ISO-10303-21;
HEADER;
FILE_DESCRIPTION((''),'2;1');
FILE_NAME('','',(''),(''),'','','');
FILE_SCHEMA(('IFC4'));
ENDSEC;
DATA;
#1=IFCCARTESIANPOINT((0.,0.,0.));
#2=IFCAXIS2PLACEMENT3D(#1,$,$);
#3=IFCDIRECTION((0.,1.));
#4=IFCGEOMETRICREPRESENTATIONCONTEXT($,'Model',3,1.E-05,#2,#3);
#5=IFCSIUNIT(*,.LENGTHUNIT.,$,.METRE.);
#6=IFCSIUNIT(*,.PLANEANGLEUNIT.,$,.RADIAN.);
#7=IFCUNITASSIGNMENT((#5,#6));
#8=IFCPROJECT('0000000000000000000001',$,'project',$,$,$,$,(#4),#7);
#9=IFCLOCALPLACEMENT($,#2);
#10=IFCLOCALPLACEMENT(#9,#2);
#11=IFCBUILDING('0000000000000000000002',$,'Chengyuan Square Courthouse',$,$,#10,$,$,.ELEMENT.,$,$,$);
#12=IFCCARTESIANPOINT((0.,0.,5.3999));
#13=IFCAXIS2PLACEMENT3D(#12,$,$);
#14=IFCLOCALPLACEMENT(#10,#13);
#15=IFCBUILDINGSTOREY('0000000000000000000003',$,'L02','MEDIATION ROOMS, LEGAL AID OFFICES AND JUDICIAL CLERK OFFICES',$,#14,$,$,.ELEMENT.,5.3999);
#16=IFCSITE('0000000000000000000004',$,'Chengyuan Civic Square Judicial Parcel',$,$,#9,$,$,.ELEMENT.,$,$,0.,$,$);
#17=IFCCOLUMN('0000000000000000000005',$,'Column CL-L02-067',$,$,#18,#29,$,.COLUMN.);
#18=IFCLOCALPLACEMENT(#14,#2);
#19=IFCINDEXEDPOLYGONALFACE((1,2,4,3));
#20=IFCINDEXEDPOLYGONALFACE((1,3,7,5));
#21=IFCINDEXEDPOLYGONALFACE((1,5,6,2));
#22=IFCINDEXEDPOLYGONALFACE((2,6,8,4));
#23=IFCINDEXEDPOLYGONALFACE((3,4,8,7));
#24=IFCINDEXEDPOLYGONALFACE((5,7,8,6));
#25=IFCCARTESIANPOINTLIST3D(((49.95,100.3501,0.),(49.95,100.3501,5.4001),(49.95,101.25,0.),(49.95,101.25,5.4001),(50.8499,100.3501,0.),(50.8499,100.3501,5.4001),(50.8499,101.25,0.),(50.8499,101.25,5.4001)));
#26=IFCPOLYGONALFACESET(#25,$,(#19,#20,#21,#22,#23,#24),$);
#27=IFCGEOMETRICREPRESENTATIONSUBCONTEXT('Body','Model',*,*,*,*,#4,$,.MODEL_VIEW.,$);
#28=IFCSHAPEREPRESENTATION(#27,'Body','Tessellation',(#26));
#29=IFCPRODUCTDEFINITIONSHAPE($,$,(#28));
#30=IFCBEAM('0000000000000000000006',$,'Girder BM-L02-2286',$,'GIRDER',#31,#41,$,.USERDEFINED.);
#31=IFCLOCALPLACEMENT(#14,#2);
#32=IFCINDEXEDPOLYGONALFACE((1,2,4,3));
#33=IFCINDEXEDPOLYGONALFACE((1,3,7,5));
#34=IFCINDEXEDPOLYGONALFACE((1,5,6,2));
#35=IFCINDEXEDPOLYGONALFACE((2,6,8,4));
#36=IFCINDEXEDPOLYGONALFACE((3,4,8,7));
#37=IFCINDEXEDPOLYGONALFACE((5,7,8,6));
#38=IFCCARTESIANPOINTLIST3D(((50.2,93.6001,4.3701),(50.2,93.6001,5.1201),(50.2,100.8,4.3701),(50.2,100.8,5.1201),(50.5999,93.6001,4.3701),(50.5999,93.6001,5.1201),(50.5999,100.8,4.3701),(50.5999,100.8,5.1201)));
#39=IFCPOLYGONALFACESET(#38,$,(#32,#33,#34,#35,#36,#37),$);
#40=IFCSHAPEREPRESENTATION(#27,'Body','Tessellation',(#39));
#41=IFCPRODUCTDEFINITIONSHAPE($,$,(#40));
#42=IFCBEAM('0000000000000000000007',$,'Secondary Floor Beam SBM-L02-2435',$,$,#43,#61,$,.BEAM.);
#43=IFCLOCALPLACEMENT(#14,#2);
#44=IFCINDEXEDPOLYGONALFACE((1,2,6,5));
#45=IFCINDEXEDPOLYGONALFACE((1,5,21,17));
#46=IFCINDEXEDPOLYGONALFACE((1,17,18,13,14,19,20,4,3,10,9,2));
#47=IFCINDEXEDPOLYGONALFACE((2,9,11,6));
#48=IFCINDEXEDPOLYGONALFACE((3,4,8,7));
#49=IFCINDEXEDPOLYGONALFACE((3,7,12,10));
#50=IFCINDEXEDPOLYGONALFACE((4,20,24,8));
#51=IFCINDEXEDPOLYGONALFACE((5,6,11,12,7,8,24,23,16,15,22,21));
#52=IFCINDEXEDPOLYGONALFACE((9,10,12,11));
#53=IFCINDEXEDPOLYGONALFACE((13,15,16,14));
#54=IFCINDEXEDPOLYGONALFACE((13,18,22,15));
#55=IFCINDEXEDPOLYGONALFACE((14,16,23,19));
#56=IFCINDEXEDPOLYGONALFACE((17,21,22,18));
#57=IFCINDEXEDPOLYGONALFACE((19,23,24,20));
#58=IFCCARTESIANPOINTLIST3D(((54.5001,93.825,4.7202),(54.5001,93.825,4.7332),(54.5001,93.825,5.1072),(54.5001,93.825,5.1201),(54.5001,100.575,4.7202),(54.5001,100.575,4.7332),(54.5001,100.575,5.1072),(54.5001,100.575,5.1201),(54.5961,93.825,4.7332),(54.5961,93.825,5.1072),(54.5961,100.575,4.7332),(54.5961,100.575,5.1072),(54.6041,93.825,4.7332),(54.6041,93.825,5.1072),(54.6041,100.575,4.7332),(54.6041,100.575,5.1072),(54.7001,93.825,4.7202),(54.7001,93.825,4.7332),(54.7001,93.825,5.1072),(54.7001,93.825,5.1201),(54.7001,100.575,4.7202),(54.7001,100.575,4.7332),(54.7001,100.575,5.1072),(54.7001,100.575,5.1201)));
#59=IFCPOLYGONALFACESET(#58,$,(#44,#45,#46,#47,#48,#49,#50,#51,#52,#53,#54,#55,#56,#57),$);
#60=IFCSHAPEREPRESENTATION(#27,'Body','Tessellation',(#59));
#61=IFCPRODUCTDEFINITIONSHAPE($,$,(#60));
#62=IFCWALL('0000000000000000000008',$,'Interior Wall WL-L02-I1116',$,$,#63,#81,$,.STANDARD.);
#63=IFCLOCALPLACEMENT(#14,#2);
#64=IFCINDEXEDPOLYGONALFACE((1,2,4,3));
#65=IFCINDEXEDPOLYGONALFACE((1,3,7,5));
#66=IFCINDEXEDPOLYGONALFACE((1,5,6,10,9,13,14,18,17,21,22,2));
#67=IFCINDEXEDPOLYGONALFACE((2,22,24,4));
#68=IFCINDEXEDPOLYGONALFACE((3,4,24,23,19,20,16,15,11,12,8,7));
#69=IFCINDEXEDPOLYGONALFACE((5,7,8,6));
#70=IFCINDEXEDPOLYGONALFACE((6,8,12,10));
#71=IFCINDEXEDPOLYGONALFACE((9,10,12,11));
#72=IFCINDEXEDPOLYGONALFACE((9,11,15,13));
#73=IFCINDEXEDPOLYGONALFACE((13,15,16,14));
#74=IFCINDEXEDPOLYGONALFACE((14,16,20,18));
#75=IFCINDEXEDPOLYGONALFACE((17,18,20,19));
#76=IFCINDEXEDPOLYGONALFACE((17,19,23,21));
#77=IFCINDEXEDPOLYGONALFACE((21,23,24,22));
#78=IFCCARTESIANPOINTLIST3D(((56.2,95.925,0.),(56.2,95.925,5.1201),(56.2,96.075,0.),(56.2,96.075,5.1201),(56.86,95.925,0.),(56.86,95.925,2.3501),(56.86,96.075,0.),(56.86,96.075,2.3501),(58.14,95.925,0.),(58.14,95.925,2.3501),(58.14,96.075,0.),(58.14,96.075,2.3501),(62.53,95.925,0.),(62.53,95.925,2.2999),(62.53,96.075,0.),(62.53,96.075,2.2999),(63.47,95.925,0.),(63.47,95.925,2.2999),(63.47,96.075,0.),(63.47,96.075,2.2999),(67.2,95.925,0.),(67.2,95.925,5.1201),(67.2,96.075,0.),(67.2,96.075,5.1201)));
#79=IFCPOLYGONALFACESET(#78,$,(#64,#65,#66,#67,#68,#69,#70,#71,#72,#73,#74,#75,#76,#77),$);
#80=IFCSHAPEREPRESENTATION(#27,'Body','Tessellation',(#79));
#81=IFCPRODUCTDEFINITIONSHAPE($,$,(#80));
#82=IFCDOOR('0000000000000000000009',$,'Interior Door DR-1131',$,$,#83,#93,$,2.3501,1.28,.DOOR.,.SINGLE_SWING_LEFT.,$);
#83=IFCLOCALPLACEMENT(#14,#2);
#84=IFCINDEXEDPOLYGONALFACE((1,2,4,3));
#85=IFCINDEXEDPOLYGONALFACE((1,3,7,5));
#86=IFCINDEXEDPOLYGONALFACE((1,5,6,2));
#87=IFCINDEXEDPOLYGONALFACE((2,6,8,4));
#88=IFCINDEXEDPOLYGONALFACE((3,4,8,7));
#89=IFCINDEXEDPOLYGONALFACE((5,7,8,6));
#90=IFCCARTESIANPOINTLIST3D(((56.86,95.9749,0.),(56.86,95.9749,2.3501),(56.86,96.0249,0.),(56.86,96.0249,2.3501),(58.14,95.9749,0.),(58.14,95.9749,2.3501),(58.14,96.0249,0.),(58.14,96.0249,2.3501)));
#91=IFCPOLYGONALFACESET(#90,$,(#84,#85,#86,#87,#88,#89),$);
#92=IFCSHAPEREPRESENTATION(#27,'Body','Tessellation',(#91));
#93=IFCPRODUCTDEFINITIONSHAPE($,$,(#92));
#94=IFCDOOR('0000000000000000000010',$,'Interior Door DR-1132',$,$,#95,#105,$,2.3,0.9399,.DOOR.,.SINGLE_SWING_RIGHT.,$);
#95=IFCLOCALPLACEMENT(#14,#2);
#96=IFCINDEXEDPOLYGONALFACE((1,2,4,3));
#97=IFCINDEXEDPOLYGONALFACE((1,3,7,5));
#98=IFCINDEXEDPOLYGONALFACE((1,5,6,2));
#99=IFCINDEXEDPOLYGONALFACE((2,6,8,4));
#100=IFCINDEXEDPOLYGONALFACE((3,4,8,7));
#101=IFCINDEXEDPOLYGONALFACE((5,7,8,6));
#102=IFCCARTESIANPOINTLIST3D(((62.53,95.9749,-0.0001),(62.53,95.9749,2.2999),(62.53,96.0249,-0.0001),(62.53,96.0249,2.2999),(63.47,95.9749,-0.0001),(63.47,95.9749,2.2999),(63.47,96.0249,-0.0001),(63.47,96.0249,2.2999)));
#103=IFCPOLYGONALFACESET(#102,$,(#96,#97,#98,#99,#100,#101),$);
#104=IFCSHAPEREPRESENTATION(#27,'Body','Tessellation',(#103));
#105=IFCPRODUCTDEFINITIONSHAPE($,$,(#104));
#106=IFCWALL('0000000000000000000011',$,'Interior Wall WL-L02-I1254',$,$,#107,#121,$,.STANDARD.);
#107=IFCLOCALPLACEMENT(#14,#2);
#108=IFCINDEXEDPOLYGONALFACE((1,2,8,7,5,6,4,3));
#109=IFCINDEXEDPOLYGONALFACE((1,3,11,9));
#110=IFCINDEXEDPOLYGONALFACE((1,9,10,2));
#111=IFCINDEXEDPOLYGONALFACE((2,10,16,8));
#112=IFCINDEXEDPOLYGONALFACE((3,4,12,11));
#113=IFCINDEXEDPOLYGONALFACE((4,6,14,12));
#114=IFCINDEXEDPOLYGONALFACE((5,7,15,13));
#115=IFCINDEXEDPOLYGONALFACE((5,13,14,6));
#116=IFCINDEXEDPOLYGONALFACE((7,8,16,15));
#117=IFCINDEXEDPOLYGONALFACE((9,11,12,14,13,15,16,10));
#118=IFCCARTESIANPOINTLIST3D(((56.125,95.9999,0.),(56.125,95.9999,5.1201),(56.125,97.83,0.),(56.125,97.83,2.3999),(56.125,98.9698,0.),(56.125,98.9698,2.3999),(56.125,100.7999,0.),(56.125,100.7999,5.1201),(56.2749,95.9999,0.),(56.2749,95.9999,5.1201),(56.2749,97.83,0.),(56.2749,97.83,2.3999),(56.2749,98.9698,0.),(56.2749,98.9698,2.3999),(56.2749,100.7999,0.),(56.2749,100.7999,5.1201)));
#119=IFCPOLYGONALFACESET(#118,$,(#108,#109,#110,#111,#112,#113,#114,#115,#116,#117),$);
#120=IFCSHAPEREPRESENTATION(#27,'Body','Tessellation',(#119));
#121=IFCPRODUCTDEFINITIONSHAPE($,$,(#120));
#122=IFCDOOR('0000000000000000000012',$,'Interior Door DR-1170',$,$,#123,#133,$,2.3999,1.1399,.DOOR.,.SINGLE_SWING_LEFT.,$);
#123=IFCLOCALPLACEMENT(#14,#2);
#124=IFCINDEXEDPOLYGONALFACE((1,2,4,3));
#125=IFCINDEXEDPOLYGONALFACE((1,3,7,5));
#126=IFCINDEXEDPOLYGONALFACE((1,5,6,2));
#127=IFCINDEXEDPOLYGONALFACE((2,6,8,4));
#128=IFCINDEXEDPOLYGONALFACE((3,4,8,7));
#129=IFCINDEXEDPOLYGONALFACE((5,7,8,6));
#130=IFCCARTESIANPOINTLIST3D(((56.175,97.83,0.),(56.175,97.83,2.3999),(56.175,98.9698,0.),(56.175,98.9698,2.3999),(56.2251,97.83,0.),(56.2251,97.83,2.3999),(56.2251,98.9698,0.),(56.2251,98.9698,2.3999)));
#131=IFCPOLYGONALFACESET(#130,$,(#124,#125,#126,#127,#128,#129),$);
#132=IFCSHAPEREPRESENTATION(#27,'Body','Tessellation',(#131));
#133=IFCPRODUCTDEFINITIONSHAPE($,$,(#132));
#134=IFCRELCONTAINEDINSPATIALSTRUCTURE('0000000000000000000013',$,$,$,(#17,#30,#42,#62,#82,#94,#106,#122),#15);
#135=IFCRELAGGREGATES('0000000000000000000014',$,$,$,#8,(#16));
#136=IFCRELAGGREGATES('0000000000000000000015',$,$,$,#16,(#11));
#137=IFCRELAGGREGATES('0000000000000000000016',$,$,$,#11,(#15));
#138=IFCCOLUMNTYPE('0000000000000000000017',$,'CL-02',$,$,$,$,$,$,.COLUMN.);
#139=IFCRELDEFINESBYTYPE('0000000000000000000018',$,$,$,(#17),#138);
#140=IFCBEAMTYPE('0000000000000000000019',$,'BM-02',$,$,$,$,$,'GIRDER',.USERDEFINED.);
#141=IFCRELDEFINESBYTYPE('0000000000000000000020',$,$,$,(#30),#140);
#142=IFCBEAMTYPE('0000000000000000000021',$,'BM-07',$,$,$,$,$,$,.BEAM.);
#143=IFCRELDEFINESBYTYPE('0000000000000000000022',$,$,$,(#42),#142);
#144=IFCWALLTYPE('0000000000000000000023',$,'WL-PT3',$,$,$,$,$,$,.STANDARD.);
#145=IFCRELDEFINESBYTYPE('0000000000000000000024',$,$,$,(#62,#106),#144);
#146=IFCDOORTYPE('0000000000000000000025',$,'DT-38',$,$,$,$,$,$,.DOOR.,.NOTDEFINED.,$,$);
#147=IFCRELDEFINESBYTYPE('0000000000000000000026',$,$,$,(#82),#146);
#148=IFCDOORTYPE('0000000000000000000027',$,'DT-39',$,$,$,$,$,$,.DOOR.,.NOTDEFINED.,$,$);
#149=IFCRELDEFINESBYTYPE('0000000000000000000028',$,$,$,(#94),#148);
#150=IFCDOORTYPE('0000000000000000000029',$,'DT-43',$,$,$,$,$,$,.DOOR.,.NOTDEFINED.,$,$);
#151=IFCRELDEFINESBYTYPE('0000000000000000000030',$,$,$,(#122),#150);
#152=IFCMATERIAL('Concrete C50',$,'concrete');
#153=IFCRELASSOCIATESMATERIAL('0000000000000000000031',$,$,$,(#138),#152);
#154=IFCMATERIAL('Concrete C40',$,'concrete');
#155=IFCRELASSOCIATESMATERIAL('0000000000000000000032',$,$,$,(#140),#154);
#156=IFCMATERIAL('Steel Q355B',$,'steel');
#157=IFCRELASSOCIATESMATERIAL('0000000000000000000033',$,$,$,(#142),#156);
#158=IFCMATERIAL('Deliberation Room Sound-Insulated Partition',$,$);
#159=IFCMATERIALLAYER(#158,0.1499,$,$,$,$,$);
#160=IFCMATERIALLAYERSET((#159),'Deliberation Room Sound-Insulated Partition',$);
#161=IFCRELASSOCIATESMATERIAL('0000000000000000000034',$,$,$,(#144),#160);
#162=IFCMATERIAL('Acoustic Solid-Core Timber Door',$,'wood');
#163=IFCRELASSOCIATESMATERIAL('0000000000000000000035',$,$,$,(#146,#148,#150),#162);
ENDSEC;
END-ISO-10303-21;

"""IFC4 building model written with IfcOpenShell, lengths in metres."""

from ifc_helpers import new_model, si_unit, direction, frame, frame_2d, origin, origin_2d, place, context, subcontext, project, spatial, rectangle, i_section, extrude, material, layer, layer_set, material_profile, profile_set, type_object, element, fill, save


model = new_model("IFC4")

# Units and contexts
model_context = context("Model", 3, precision=1e-05, world=origin(), true_north=direction((0.0, 1.0)))
body_context = subcontext(model_context, "Body", "Model", "MODEL_VIEW")
ifc_project = project(units=[si_unit("LENGTHUNIT", "METRE"), si_unit("PLANEANGLEUNIT", "RADIAN")], contexts=[model_context])

# Site, building, storey
site_placement = place(None, origin())
site = spatial("IfcSite", under=ifc_project, at=site_placement, Name="Chengyuan Civic Square Judicial Parcel", CompositionType="ELEMENT", RefElevation=0.0)
building_placement = place(site_placement, origin())
building = spatial("IfcBuilding", under=site, at=building_placement, Name="Chengyuan Square Courthouse", CompositionType="ELEMENT")
storey_placement = place(building_placement, frame((0.0, 0.0, 5.3999)))
storey = spatial("IfcBuildingStorey", under=building, at=storey_placement, Name="L02", Description="MEDIATION ROOMS, LEGAL AID OFFICES AND JUDICIAL CLERK OFFICES", CompositionType="ELEMENT", Elevation=5.3999)

# Column
ifc_material_1 = material(Name="Concrete C50", Category="concrete")
ifc_material_profile_1 = material_profile(ifc_material_1, rectangle(XDim=0.8999, YDim=0.8999, at=origin_2d()), Name="RC-COL-900x900")
ifc_profile_set_1 = profile_set([ifc_material_profile_1], Name="Concrete C50")
column_type = type_object("IfcColumnType", Name="CL-02", PredefinedType="COLUMN", material=ifc_profile_set_1)
column_placement = place(storey_placement, frame((50.3999, 100.8, 0.0), z_axis=(0.0, 0.0, 1.0), x_axis=(1.0, 0.0, 0.0)))
element("IfcColumn", 1, at=column_placement, inside=storey, type_object=column_type, Name="Column CL-L02-067", PredefinedType="COLUMN", context=body_context, shape_type="SweptSolid", body=[
    extrude(rectangle(XDim=0.8999, YDim=0.8999, at=origin_2d()), origin(), (0.0, 0.0, 1.0), 5.4001),
])

# Beams
ifc_material_2 = material(Name="Concrete C40", Category="concrete")
ifc_material_profile_2 = material_profile(ifc_material_2, rectangle(XDim=0.3999, YDim=0.75, at=origin_2d()), Name="RC-BM-400x750")
ifc_profile_set_2 = profile_set([ifc_material_profile_2], Name="Concrete C40")
beam_type_1 = type_object("IfcBeamType", Name="BM-02", ElementType="GIRDER", PredefinedType="USERDEFINED", material=ifc_profile_set_2)
beam_1_placement = place(storey_placement, frame((50.3999, 93.6001, 4.7451), z_axis=(0.0, 1.0, 0.0), x_axis=(-1.0, 0.0, 0.0)))
element("IfcBeam", 2, at=beam_1_placement, inside=storey, type_object=beam_type_1, Name="Girder BM-L02-2286", ObjectType="GIRDER", PredefinedType="USERDEFINED", context=body_context, shape_type="SweptSolid", body=[
    extrude(rectangle(XDim=0.3999, YDim=0.75, at=origin_2d()), origin(), (0.0, 0.0, 1.0), 7.2),
])
ifc_material_3 = material(Name="Steel Q355B", Category="steel")
ifc_material_profile_3 = material_profile(ifc_material_3, i_section(OverallWidth=0.2, OverallDepth=0.3999, WebThickness=0.0081, FlangeThickness=0.0129, at=origin_2d()), Name="HN 400x200x8x13")
ifc_profile_set_3 = profile_set([ifc_material_profile_3], Name="Steel Q355B")
beam_type_2 = type_object("IfcBeamType", Name="BM-07", PredefinedType="BEAM", material=ifc_profile_set_3)
beam_2_placement = place(storey_placement, frame((54.6001, 93.825, 4.9202), z_axis=(0.0, 1.0, 0.0), x_axis=(-1.0, 0.0, 0.0)))
element("IfcBeam", 3, at=beam_2_placement, inside=storey, type_object=beam_type_2, Name="Secondary Floor Beam SBM-L02-2435", PredefinedType="BEAM", context=body_context, shape_type="SweptSolid", body=[
    extrude(i_section(OverallWidth=0.2, OverallDepth=0.3999, WebThickness=0.0081, FlangeThickness=0.0129, at=origin_2d()), origin(), (0.0, 0.0, 1.0), 6.75),
])

# Wall, openings, doors
ifc_material_4 = material(Name="Deliberation Room Sound-Insulated Partition")
ifc_layer_1 = layer(ifc_material_4, 0.1499)
ifc_layer_set_1 = layer_set([ifc_layer_1], Name="Deliberation Room Sound-Insulated Partition")
wall_type_1 = type_object("IfcWallType", Name="WL-PT3", PredefinedType="STANDARD", material=ifc_layer_set_1)
wall_1_placement = place(storey_placement, frame((56.2, 96.0, 0.0), z_axis=(0.0, 0.0, 1.0), x_axis=(1.0, 0.0, 0.0)))
wall_1 = element("IfcWall", 4, at=wall_1_placement, inside=storey, type_object=wall_type_1, Name="Interior Wall WL-L02-I1116", PredefinedType="STANDARD", context=body_context, shape_type="SweptSolid", body=[
    extrude(rectangle(XDim=11.0, YDim=0.1499, at=frame_2d((5.5, 0.0))), origin(), (0.0, 0.0, 1.0), 5.1201),
])
opening_1_placement = place(wall_1_placement, frame((0.6599, 0.0, 0.0)))
opening_1 = element("IfcOpeningElement", 5, at=opening_1_placement, cuts=wall_1, PredefinedType="OPENING", context=body_context, shape_type="SweptSolid", body=[
    extrude(rectangle(XDim=1.28, YDim=2.3501, at=frame_2d((0.6401, 1.175))), frame((0.0, 0.0869, 0.0), z_axis=(0.0, -1.0, 0.0), x_axis=(1.0, 0.0, 0.0)), (0.0, 0.0, 1.0), 0.1738),
])
opening_2_placement = place(wall_1_placement, frame((6.3301, 0.0, 0.0)))
opening_2 = element("IfcOpeningElement", 6, at=opening_2_placement, cuts=wall_1, PredefinedType="OPENING", context=body_context, shape_type="SweptSolid", body=[
    extrude(rectangle(XDim=0.9399, YDim=2.3, at=frame_2d((0.47, 1.1499))), frame((0.0, 0.0869, 0.0), z_axis=(0.0, -1.0, 0.0), x_axis=(1.0, 0.0, 0.0)), (0.0, 0.0, 1.0), 0.1738),
])
ifc_material_5 = material(Name="Acoustic Solid-Core Timber Door", Category="wood")
door_type_1 = type_object("IfcDoorType", Name="DT-38", OperationType="NOTDEFINED", PredefinedType="DOOR", material=ifc_material_5)
door_1_placement = place(opening_1_placement, origin())
door_1 = element("IfcDoor", 7, at=door_1_placement, inside=storey, type_object=door_type_1, Name="Interior Door DR-1131", OperationType="SINGLE_SWING_LEFT", OverallHeight=2.3501, OverallWidth=1.28, PredefinedType="DOOR", context=body_context, shape_type="SweptSolid", body=[
    extrude(rectangle(XDim=1.28, YDim=2.3501, at=frame_2d((0.6401, 1.175))), frame((0.0, 0.0249, 0.0), z_axis=(0.0, -1.0, 0.0), x_axis=(1.0, 0.0, 0.0)), (0.0, 0.0, 1.0), 0.05),
])
fill(opening_1, door_1)
door_type_2 = type_object("IfcDoorType", Name="DT-39", OperationType="NOTDEFINED", PredefinedType="DOOR", material=ifc_material_5)
door_2_placement = place(opening_2_placement, origin())
door_2 = element("IfcDoor", 8, at=door_2_placement, inside=storey, type_object=door_type_2, Name="Interior Door DR-1132", OperationType="SINGLE_SWING_RIGHT", OverallHeight=2.3, OverallWidth=0.9399, PredefinedType="DOOR", context=body_context, shape_type="SweptSolid", body=[
    extrude(rectangle(XDim=0.9399, YDim=2.3, at=frame_2d((0.47, 1.1499))), frame((0.0, 0.0249, 0.0), z_axis=(0.0, -1.0, 0.0), x_axis=(1.0, 0.0, 0.0)), (0.0, 0.0, 1.0), 0.05),
])
fill(opening_2, door_2)

# Wall, opening, door
wall_2_placement = place(storey_placement, frame((56.2, 96.0, 0.0), z_axis=(0.0, 0.0, 1.0), x_axis=(0.0, 1.0, 0.0)))
wall_2 = element("IfcWall", 9, at=wall_2_placement, inside=storey, type_object=wall_type_1, Name="Interior Wall WL-L02-I1254", PredefinedType="STANDARD", context=body_context, shape_type="SweptSolid", body=[
    extrude(rectangle(XDim=4.8, YDim=0.1499, at=frame_2d((2.3999, 0.0))), origin(), (0.0, 0.0, 1.0), 5.1201),
])
opening_3_placement = place(wall_2_placement, frame((1.8301, 0.0, 0.0)))
opening_3 = element("IfcOpeningElement", 10, at=opening_3_placement, cuts=wall_2, PredefinedType="OPENING", context=body_context, shape_type="SweptSolid", body=[
    extrude(rectangle(XDim=1.1399, YDim=2.3999, at=frame_2d((0.5698, 1.2))), frame((0.0, 0.0869, 0.0), z_axis=(0.0, -1.0, 0.0), x_axis=(1.0, 0.0, 0.0)), (0.0, 0.0, 1.0), 0.1738),
])
door_type_3 = type_object("IfcDoorType", Name="DT-43", OperationType="NOTDEFINED", PredefinedType="DOOR", material=ifc_material_5)
door_3_placement = place(opening_3_placement, origin())
door_3 = element("IfcDoor", 11, at=door_3_placement, inside=storey, type_object=door_type_3, Name="Interior Door DR-1170", OperationType="SINGLE_SWING_LEFT", OverallHeight=2.3999, OverallWidth=1.1399, PredefinedType="DOOR", context=body_context, shape_type="SweptSolid", body=[
    extrude(rectangle(XDim=1.1399, YDim=2.3999, at=frame_2d((0.5698, 1.2))), frame((0.0, 0.0249, 0.0), z_axis=(0.0, -1.0, 0.0), x_axis=(1.0, 0.0, 0.0)), (0.0, 0.0, 1.0), 0.05),
])
fill(opening_3, door_3)

save(model, "model.ifc")
